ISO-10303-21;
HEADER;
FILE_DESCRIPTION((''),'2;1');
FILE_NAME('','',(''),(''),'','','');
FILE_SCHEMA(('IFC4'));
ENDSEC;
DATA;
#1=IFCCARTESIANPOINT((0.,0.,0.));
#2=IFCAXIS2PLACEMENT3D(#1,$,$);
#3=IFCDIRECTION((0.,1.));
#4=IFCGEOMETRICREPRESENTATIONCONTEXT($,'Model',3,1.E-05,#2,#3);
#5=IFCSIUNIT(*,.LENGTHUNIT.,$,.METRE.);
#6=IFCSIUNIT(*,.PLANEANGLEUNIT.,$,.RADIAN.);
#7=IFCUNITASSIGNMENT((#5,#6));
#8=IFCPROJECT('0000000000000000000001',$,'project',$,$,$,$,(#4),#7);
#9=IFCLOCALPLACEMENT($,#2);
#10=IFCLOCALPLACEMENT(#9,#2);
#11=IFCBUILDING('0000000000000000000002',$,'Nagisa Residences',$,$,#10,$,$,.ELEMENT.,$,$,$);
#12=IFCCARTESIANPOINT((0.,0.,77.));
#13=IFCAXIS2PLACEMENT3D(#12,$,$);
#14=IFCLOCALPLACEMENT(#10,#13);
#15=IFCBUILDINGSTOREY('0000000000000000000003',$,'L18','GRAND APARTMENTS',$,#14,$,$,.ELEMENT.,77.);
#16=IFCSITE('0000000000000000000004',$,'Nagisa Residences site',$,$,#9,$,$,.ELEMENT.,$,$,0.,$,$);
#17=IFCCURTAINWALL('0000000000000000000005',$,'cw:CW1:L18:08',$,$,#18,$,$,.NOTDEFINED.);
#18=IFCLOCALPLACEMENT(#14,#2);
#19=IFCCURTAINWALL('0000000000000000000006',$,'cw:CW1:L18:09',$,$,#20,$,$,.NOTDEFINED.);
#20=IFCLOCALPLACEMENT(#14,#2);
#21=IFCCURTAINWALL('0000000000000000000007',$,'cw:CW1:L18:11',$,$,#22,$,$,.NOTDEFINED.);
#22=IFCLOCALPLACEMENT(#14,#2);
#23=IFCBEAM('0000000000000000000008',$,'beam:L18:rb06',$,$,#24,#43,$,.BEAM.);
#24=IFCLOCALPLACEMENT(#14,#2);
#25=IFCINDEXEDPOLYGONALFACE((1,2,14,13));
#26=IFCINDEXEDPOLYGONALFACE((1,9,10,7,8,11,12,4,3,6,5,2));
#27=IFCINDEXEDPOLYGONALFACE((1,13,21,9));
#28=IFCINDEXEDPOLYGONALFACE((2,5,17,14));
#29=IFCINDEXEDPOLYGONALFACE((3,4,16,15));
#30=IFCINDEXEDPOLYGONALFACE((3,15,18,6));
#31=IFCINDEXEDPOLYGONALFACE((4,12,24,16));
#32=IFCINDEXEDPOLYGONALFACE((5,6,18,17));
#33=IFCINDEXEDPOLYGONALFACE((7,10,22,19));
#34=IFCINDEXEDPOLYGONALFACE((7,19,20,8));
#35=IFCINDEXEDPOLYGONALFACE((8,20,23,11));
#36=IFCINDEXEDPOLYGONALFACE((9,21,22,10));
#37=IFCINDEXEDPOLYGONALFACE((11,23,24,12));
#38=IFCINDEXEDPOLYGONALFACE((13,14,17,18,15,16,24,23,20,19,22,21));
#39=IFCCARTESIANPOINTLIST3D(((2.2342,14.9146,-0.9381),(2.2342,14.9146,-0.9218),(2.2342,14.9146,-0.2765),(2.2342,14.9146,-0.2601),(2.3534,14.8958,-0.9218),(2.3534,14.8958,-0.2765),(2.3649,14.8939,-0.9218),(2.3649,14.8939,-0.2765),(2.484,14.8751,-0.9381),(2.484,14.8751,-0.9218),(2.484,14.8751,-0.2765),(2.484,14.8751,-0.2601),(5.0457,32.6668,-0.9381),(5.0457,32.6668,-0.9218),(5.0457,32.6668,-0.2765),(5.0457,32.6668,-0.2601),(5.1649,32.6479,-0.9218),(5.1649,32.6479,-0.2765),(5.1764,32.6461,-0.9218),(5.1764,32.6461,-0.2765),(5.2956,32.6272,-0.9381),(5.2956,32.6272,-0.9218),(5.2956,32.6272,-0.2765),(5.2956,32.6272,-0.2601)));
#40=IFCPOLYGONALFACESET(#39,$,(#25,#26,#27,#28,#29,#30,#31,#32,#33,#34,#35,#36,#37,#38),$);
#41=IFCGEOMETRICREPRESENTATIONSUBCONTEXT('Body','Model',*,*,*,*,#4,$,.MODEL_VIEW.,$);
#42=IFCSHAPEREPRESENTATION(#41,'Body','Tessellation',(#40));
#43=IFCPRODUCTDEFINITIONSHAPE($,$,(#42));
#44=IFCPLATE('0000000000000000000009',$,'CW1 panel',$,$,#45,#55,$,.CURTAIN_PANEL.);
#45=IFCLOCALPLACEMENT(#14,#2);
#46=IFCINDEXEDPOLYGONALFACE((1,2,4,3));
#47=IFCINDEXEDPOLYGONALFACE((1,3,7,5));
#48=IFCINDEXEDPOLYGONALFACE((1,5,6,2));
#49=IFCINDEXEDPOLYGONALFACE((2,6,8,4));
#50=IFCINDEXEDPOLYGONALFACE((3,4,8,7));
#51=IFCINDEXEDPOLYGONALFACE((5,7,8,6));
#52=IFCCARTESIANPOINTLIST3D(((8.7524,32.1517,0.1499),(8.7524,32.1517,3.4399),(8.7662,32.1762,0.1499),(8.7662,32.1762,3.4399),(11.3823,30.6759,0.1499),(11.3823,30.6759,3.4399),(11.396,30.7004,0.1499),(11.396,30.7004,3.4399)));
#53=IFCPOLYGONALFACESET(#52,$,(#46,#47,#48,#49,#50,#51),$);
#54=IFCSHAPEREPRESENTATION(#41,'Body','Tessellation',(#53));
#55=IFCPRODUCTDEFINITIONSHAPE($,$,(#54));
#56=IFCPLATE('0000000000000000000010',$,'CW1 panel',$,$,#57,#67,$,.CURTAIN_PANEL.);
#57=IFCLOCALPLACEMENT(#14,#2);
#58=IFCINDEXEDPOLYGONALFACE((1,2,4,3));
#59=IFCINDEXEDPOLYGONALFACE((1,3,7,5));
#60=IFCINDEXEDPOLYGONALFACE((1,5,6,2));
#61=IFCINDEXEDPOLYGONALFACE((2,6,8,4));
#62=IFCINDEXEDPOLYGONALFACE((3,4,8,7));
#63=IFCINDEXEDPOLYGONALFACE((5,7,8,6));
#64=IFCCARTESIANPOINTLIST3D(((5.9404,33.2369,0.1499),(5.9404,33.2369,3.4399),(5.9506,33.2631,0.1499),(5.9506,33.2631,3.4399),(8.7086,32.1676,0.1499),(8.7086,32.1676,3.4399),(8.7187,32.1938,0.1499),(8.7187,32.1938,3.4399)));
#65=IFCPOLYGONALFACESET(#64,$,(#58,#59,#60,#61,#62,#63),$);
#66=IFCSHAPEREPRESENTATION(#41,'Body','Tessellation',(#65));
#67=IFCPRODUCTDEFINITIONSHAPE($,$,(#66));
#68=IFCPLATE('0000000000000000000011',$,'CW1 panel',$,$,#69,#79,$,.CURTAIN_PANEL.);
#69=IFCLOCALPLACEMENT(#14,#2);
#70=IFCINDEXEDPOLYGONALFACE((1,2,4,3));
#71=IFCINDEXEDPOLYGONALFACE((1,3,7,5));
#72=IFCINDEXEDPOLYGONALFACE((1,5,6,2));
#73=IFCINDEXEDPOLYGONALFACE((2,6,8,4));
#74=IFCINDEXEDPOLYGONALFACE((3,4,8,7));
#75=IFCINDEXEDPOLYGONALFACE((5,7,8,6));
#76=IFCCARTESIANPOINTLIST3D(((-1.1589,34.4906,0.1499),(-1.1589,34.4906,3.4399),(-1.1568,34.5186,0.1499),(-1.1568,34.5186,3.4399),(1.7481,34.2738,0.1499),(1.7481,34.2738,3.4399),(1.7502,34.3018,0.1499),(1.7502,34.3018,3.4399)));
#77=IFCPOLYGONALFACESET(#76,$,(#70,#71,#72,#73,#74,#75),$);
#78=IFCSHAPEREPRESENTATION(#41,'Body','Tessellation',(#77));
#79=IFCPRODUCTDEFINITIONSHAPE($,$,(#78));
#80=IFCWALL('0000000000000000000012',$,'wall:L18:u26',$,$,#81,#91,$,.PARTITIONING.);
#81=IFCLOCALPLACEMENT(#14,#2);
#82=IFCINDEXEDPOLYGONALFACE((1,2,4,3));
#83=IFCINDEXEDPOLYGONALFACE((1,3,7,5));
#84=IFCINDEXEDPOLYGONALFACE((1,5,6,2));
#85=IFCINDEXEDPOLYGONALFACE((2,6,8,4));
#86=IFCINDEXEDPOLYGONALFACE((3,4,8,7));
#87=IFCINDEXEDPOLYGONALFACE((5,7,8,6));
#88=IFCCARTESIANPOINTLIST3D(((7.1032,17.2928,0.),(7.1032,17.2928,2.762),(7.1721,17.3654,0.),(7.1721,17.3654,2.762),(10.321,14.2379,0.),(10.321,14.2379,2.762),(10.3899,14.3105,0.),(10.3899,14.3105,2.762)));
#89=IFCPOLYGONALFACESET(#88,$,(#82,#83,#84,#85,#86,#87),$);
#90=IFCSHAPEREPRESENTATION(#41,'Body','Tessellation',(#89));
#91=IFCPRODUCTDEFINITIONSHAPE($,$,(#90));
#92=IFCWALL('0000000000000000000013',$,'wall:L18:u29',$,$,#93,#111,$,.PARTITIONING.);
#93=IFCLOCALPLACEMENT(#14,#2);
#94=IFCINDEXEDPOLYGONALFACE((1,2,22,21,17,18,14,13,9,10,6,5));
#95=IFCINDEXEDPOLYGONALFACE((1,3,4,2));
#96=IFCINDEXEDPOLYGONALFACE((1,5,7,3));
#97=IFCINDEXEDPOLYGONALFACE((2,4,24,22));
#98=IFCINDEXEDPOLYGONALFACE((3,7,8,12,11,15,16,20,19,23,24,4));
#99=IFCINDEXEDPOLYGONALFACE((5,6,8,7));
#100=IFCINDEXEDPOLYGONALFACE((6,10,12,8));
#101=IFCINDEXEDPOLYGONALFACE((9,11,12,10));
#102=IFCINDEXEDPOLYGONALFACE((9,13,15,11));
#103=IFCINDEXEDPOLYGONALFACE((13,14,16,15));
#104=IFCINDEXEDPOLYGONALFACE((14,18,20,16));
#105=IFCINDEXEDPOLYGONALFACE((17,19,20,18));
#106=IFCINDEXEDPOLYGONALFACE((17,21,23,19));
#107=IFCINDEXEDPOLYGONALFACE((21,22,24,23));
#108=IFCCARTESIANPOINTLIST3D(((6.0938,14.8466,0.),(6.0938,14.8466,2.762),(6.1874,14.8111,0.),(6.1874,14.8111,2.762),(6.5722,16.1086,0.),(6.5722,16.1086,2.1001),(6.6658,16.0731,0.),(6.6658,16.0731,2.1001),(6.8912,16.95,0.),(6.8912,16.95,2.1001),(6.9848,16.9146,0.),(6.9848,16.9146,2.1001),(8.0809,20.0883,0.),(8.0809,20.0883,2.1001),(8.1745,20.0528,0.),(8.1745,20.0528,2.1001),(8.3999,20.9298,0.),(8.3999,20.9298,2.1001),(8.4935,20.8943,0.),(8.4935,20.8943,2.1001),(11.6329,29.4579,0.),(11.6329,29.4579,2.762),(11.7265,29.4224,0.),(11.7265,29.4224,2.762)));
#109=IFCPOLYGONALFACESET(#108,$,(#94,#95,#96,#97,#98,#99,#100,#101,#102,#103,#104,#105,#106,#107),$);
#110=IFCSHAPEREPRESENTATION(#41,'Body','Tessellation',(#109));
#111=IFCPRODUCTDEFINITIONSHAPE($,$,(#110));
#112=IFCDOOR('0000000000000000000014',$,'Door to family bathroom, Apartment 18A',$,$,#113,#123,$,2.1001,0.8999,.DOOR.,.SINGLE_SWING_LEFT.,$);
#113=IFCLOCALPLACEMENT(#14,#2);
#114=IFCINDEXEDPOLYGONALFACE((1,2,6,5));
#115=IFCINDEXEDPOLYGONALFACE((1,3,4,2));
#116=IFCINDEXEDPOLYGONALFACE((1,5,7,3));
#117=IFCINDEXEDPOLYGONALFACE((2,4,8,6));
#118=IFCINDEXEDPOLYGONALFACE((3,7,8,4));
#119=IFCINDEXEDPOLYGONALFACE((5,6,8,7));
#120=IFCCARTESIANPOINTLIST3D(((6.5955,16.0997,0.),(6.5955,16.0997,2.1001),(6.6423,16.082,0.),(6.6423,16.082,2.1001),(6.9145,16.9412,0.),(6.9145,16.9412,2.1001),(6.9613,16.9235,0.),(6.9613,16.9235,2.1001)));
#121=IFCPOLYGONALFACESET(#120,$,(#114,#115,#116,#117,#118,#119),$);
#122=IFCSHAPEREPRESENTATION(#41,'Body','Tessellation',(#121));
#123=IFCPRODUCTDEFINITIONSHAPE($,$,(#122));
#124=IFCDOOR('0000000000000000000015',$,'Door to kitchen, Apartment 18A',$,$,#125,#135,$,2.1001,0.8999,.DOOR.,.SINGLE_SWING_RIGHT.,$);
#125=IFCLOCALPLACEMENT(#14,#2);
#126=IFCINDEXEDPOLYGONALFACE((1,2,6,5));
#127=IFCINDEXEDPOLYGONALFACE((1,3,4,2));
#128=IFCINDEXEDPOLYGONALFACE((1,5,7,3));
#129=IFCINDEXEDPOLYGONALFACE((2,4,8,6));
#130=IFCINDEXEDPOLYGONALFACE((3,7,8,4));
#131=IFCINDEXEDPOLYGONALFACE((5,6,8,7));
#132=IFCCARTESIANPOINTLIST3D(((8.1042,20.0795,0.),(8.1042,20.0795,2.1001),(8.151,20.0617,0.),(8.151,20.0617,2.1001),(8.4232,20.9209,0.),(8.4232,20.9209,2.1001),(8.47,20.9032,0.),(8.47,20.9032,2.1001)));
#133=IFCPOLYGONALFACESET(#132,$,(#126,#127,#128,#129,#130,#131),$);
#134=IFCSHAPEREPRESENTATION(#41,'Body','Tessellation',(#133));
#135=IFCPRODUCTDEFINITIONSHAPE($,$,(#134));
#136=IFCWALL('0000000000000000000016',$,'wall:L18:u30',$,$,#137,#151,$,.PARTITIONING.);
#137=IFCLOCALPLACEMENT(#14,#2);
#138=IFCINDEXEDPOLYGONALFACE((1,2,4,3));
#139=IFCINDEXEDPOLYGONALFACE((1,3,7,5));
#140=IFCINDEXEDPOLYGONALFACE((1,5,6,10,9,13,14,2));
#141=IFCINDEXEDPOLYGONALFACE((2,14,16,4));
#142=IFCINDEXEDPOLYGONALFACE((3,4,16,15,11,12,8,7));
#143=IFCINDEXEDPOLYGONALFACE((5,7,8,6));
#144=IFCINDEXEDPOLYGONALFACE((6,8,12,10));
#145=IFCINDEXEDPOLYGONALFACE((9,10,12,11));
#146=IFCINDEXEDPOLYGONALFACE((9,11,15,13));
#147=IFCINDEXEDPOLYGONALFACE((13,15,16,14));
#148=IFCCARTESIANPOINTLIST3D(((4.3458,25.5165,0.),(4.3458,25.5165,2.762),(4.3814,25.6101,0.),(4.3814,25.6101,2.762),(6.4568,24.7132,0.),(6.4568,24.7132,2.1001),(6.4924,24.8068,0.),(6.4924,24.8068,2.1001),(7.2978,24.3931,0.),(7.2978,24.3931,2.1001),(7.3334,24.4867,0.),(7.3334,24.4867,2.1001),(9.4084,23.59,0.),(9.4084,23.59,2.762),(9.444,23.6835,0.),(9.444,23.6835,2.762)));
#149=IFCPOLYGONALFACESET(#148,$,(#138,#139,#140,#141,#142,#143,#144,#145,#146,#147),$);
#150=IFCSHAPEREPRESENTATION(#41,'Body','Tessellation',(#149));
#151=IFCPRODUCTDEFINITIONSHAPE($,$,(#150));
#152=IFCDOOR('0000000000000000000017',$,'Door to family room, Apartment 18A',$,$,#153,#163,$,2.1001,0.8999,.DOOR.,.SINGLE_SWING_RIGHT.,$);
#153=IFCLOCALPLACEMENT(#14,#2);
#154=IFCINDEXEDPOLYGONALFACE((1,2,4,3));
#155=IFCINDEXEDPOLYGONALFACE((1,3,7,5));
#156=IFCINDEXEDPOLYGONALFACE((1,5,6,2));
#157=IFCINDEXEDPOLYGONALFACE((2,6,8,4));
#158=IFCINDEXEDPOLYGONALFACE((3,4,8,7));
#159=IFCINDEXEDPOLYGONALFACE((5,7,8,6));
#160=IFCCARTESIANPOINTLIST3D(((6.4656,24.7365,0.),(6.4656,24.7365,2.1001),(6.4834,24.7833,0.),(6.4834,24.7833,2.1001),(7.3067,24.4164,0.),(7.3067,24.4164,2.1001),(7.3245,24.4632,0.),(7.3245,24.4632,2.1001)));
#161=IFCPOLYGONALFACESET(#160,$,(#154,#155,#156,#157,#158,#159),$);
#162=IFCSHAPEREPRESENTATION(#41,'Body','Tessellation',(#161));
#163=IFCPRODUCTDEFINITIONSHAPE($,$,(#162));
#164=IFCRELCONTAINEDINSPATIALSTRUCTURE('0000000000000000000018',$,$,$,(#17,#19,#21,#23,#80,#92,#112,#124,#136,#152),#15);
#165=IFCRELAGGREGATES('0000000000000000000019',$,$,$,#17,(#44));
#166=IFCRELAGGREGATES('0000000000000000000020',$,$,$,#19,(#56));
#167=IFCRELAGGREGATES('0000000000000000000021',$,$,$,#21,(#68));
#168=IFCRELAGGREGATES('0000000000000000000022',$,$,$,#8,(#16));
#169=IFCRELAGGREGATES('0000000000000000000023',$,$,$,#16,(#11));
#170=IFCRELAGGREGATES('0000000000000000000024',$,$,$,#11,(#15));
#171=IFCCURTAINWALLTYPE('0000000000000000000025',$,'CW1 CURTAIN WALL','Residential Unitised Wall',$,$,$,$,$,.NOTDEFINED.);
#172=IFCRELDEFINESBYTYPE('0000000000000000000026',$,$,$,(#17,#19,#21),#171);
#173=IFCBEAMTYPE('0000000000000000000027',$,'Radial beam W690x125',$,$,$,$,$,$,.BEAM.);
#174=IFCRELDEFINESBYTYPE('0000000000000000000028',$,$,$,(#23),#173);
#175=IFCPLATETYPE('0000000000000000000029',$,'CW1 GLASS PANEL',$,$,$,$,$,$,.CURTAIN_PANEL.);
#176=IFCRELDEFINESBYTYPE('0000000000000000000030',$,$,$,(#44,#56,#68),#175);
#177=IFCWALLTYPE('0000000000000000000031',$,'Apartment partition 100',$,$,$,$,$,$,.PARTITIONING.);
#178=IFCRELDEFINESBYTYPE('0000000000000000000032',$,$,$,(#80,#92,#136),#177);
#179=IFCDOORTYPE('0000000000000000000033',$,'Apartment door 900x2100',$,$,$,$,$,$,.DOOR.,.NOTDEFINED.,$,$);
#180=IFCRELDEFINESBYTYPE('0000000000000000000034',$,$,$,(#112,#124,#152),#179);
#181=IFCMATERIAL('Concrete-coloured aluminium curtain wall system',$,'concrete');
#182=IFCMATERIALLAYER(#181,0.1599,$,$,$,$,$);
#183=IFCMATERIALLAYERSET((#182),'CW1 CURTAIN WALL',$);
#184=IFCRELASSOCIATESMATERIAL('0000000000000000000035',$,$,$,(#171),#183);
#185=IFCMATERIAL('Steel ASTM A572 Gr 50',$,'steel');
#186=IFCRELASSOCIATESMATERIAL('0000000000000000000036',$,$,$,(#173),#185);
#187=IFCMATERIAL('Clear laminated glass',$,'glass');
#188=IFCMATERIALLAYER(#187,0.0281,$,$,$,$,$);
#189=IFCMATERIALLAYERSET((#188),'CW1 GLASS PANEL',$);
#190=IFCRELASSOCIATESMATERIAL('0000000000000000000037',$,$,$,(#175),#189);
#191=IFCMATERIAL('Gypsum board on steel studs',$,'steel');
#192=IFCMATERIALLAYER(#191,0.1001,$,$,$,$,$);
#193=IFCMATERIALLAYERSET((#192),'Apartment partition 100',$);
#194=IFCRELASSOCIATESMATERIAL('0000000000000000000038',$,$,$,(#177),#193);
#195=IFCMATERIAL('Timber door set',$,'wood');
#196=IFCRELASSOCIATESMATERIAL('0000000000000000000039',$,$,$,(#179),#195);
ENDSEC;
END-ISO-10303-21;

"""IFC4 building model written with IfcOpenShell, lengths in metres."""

from ifc_helpers import new_model, si_unit, direction, frame, frame_2d, origin, origin_2d, place, context, subcontext, project, spatial, rectangle, i_section, extrude, material, layer, layer_set, material_profile, profile_set, type_object, element, fill, aggregate, save


model = new_model("IFC4")

# Units and contexts
model_context = context("Model", 3, precision=1e-05, world=origin(), true_north=direction((0.0, 1.0)))
body_context = subcontext(model_context, "Body", "Model", "MODEL_VIEW")
ifc_project = project(units=[si_unit("LENGTHUNIT", "METRE"), si_unit("PLANEANGLEUNIT", "RADIAN")], contexts=[model_context])

# Site, building, storey
site_placement = place(None, origin())
site = spatial("IfcSite", under=ifc_project, at=site_placement, Name="Nagisa Residences site", CompositionType="ELEMENT", RefElevation=0.0)
building_placement = place(site_placement, origin())
building = spatial("IfcBuilding", under=site, at=building_placement, Name="Nagisa Residences", CompositionType="ELEMENT")
storey_placement = place(building_placement, frame((0.0, 0.0, 77.0)))
storey = spatial("IfcBuildingStorey", under=building, at=storey_placement, Name="L18", Description="GRAND APARTMENTS", CompositionType="ELEMENT", Elevation=77.0)

# Curtain walls
ifc_material_1 = material(Name="Concrete-coloured aluminium curtain wall system", Category="concrete")
ifc_layer_1 = layer(ifc_material_1, 0.1599)
ifc_layer_set_1 = layer_set([ifc_layer_1], Name="CW1 CURTAIN WALL")
curtain_wall_type = type_object("IfcCurtainWallType", Name="CW1 CURTAIN WALL", Description="Residential Unitised Wall", PredefinedType="NOTDEFINED", material=ifc_layer_set_1)
curtain_wall_1_placement = place(storey_placement, origin())
curtain_wall_1 = element("IfcCurtainWall", 1, at=curtain_wall_1_placement, inside=storey, type_object=curtain_wall_type, Name="cw:CW1:L18:08", PredefinedType="NOTDEFINED")
curtain_wall_2_placement = place(storey_placement, origin())
curtain_wall_2 = element("IfcCurtainWall", 2, at=curtain_wall_2_placement, inside=storey, type_object=curtain_wall_type, Name="cw:CW1:L18:09", PredefinedType="NOTDEFINED")
curtain_wall_3_placement = place(storey_placement, origin())
curtain_wall_3 = element("IfcCurtainWall", 3, at=curtain_wall_3_placement, inside=storey, type_object=curtain_wall_type, Name="cw:CW1:L18:11", PredefinedType="NOTDEFINED")

# Beam
ifc_material_2 = material(Name="Steel ASTM A572 Gr 50", Category="steel")
ifc_material_profile_1 = material_profile(ifc_material_2, i_section(OverallWidth=0.2529, OverallDepth=0.678, WebThickness=0.0117, FlangeThickness=0.0164, at=origin_2d()), Name="W690x125")
ifc_profile_set_1 = profile_set([ifc_material_profile_1], Name="Steel ASTM A572 Gr 50")
beam_type_1 = type_object("IfcBeamType", Name="Radial beam W690x125", PredefinedType="BEAM", material=ifc_profile_set_1)
beam_1_placement = place(storey_placement, frame((5.1707, 32.647, -0.5991), z_axis=(-0.156426, -0.98769, 0.0), x_axis=(0.98769, -0.156426, 0.0)))
element("IfcBeam", 4, at=beam_1_placement, inside=storey, type_object=beam_type_1, Name="beam:L18:rb06", PredefinedType="BEAM", context=body_context, shape_type="SweptSolid", body=[
    extrude(i_section(OverallWidth=0.2529, OverallDepth=0.678, WebThickness=0.0117, FlangeThickness=0.0164, at=origin_2d()), origin(), (0.0, 0.0, 1.0), 17.9734),
])

# Plates
ifc_material_3 = material(Name="Clear laminated glass", Category="glass")
ifc_layer_2 = layer(ifc_material_3, 0.0281)
ifc_layer_set_2 = layer_set([ifc_layer_2], Name="CW1 GLASS PANEL")
plate_type = type_object("IfcPlateType", Name="CW1 GLASS PANEL", PredefinedType="CURTAIN_PANEL", material=ifc_layer_set_2)
plate_1_placement = place(storey_placement, frame((10.0742, 31.426, 0.1499), z_axis=(0.0, 0.0, 1.0), x_axis=(-0.872072, 0.489377, 0.0)))
plate_1 = element("IfcPlate", 5, at=plate_1_placement, type_object=plate_type, Name="CW1 panel", PredefinedType="CURTAIN_PANEL", context=body_context, shape_type="SweptSolid", body=[
    extrude(rectangle(XDim=3.0156, YDim=0.0281, at=origin_2d()), origin(), (0.0, 0.0, 1.0), 3.29),
])
aggregate(curtain_wall_1, [plate_1])
plate_2_placement = place(storey_placement, frame((7.3296, 32.7153, 0.1499), z_axis=(0.0, 0.0, 1.0), x_axis=(-0.932826, 0.360328, 0.0)))
plate_2 = element("IfcPlate", 6, at=plate_2_placement, type_object=plate_type, Name="CW1 panel", PredefinedType="CURTAIN_PANEL", context=body_context, shape_type="SweptSolid", body=[
    extrude(rectangle(XDim=2.9675, YDim=0.0281, at=origin_2d()), origin(), (0.0, 0.0, 1.0), 3.29),
])
aggregate(curtain_wall_2, [plate_2])
plate_3_placement = place(storey_placement, frame((0.2957, 34.3962, 0.1499), z_axis=(0.0, 0.0, 1.0), x_axis=(-0.99723, 0.074377, 0.0)))
plate_3 = element("IfcPlate", 7, at=plate_3_placement, type_object=plate_type, Name="CW1 panel", PredefinedType="CURTAIN_PANEL", context=body_context, shape_type="SweptSolid", body=[
    extrude(rectangle(XDim=2.915, YDim=0.0281, at=origin_2d()), origin(), (0.0, 0.0, 1.0), 3.29),
])
aggregate(curtain_wall_3, [plate_3])

# Wall
ifc_material_4 = material(Name="Gypsum board on steel studs", Category="steel")
ifc_layer_3 = layer(ifc_material_4, 0.1001)
ifc_layer_set_3 = layer_set([ifc_layer_3], Name="Apartment partition 100")
wall_type_1 = type_object("IfcWallType", Name="Apartment partition 100", PredefinedType="PARTITIONING", material=ifc_layer_set_3)
wall_1_placement = place(storey_placement, frame((10.3555, 14.2742, 0.0), z_axis=(0.0, 0.0, 1.0), x_axis=(-0.725219, 0.688518, 0.0)))
element("IfcWall", 8, at=wall_1_placement, inside=storey, type_object=wall_type_1, Name="wall:L18:u26", PredefinedType="PARTITIONING", context=body_context, shape_type="SweptSolid", body=[
    extrude(rectangle(XDim=4.437, YDim=0.1001, at=frame_2d((2.2185, 0.0))), origin(), (0.0, 0.0, 1.0), 2.762),
])

# Wall, openings, doors
wall_2_placement = place(storey_placement, frame((6.1406, 14.8289, 0.0), z_axis=(0.0, 0.0, 1.0), x_axis=(0.354477, 0.935065, 0.0)))
wall_2 = element("IfcWall", 9, at=wall_2_placement, inside=storey, type_object=wall_type_1, Name="wall:L18:u29", PredefinedType="PARTITIONING", context=body_context, shape_type="SweptSolid", body=[
    extrude(rectangle(XDim=15.626, YDim=0.1001, at=frame_2d((7.813, 0.0))), origin(), (0.0, 0.0, 1.0), 2.762),
])
opening_1_placement = place(wall_2_placement, frame((1.3496, 0.0, 0.0)))
opening_1 = element("IfcOpeningElement", 10, at=opening_1_placement, cuts=wall_2, PredefinedType="OPENING", context=body_context, shape_type="SweptSolid", body=[
    extrude(rectangle(XDim=0.8999, YDim=2.1001, at=frame_2d((0.45, 1.05))), frame((0.0, 0.0601, 0.0), z_axis=(0.0, -1.0, 0.0), x_axis=(1.0, 0.0, 0.0)), (0.0, 0.0, 1.0), 0.1201),
])
opening_2_placement = place(wall_2_placement, frame((5.6057, 0.0, 0.0)))
opening_2 = element("IfcOpeningElement", 11, at=opening_2_placement, cuts=wall_2, PredefinedType="OPENING", context=body_context, shape_type="SweptSolid", body=[
    extrude(rectangle(XDim=0.8999, YDim=2.1001, at=frame_2d((0.45, 1.05))), frame((0.0, 0.0601, 0.0), z_axis=(0.0, -1.0, 0.0), x_axis=(1.0, 0.0, 0.0)), (0.0, 0.0, 1.0), 0.1201),
])
ifc_material_5 = material(Name="Timber door set", Category="wood")
door_type_1 = type_object("IfcDoorType", Name="Apartment door 900x2100", OperationType="NOTDEFINED", PredefinedType="DOOR", material=ifc_material_5)
door_1_placement = place(opening_1_placement, frame((0.8999, 0.0, 0.0), x_axis=(-1.0, 0.0, 0.0)))
door_1 = element("IfcDoor", 12, at=door_1_placement, inside=storey, type_object=door_type_1, Name="Door to family bathroom, Apartment 18A", OperationType="SINGLE_SWING_LEFT", OverallHeight=2.1001, OverallWidth=0.8999, PredefinedType="DOOR", context=body_context, shape_type="SweptSolid", body=[
    extrude(rectangle(XDim=0.8999, YDim=2.1001, at=frame_2d((0.45, 1.05))), frame((0.0, 0.0249, 0.0), z_axis=(0.0, -1.0, 0.0), x_axis=(1.0, 0.0, 0.0)), (0.0, 0.0, 1.0), 0.05),
])
fill(opening_1, door_1)
door_2_placement = place(opening_2_placement, frame((0.8999, 0.0, 0.0), x_axis=(-1.0, 0.0, 0.0)))
door_2 = element("IfcDoor", 13, at=door_2_placement, inside=storey, type_object=door_type_1, Name="Door to kitchen, Apartment 18A", OperationType="SINGLE_SWING_RIGHT", OverallHeight=2.1001, OverallWidth=0.8999, PredefinedType="DOOR", context=body_context, shape_type="SweptSolid", body=[
    extrude(rectangle(XDim=0.8999, YDim=2.1001, at=frame_2d((0.45, 1.05))), frame((0.0, 0.0249, 0.0), z_axis=(0.0, -1.0, 0.0), x_axis=(1.0, 0.0, 0.0)), (0.0, 0.0, 1.0), 0.05),
])
fill(opening_2, door_2)

# Wall, opening, door
wall_3_placement = place(storey_placement, frame((9.4263, 23.6367, 0.0), z_axis=(0.0, 0.0, 1.0), x_axis=(-0.934614, 0.355664, 0.0)))
wall_3 = element("IfcWall", 14, at=wall_3_placement, inside=storey, type_object=wall_type_1, Name="wall:L18:u30", PredefinedType="PARTITIONING", context=body_context, shape_type="SweptSolid", body=[
    extrude(rectangle(XDim=5.4167, YDim=0.1001, at=frame_2d((2.7085, 0.0))), origin(), (0.0, 0.0, 1.0), 2.762),
])
opening_3_placement = place(wall_3_placement, frame((2.2583, 0.0, 0.0)))
opening_3 = element("IfcOpeningElement", 15, at=opening_3_placement, cuts=wall_3, PredefinedType="OPENING", context=body_context, shape_type="SweptSolid", body=[
    extrude(rectangle(XDim=0.8999, YDim=2.1001, at=frame_2d((0.45, 1.05))), frame((0.0, 0.0601, 0.0), z_axis=(0.0, -1.0, 0.0), x_axis=(1.0, 0.0, 0.0)), (0.0, 0.0, 1.0), 0.1201),
])
door_3_placement = place(opening_3_placement, frame((0.8999, 0.0, 0.0), x_axis=(-1.0, 0.0, 0.0)))
door_3 = element("IfcDoor", 16, at=door_3_placement, inside=storey, type_object=door_type_1, Name="Door to family room, Apartment 18A", OperationType="SINGLE_SWING_RIGHT", OverallHeight=2.1001, OverallWidth=0.8999, PredefinedType="DOOR", context=body_context, shape_type="SweptSolid", body=[
    extrude(rectangle(XDim=0.8999, YDim=2.1001, at=frame_2d((0.45, 1.05))), frame((0.0, 0.0249, 0.0), z_axis=(0.0, -1.0, 0.0), x_axis=(1.0, 0.0, 0.0)), (0.0, 0.0, 1.0), 0.05),
])
fill(opening_3, door_3)

save(model, "model.ifc")
